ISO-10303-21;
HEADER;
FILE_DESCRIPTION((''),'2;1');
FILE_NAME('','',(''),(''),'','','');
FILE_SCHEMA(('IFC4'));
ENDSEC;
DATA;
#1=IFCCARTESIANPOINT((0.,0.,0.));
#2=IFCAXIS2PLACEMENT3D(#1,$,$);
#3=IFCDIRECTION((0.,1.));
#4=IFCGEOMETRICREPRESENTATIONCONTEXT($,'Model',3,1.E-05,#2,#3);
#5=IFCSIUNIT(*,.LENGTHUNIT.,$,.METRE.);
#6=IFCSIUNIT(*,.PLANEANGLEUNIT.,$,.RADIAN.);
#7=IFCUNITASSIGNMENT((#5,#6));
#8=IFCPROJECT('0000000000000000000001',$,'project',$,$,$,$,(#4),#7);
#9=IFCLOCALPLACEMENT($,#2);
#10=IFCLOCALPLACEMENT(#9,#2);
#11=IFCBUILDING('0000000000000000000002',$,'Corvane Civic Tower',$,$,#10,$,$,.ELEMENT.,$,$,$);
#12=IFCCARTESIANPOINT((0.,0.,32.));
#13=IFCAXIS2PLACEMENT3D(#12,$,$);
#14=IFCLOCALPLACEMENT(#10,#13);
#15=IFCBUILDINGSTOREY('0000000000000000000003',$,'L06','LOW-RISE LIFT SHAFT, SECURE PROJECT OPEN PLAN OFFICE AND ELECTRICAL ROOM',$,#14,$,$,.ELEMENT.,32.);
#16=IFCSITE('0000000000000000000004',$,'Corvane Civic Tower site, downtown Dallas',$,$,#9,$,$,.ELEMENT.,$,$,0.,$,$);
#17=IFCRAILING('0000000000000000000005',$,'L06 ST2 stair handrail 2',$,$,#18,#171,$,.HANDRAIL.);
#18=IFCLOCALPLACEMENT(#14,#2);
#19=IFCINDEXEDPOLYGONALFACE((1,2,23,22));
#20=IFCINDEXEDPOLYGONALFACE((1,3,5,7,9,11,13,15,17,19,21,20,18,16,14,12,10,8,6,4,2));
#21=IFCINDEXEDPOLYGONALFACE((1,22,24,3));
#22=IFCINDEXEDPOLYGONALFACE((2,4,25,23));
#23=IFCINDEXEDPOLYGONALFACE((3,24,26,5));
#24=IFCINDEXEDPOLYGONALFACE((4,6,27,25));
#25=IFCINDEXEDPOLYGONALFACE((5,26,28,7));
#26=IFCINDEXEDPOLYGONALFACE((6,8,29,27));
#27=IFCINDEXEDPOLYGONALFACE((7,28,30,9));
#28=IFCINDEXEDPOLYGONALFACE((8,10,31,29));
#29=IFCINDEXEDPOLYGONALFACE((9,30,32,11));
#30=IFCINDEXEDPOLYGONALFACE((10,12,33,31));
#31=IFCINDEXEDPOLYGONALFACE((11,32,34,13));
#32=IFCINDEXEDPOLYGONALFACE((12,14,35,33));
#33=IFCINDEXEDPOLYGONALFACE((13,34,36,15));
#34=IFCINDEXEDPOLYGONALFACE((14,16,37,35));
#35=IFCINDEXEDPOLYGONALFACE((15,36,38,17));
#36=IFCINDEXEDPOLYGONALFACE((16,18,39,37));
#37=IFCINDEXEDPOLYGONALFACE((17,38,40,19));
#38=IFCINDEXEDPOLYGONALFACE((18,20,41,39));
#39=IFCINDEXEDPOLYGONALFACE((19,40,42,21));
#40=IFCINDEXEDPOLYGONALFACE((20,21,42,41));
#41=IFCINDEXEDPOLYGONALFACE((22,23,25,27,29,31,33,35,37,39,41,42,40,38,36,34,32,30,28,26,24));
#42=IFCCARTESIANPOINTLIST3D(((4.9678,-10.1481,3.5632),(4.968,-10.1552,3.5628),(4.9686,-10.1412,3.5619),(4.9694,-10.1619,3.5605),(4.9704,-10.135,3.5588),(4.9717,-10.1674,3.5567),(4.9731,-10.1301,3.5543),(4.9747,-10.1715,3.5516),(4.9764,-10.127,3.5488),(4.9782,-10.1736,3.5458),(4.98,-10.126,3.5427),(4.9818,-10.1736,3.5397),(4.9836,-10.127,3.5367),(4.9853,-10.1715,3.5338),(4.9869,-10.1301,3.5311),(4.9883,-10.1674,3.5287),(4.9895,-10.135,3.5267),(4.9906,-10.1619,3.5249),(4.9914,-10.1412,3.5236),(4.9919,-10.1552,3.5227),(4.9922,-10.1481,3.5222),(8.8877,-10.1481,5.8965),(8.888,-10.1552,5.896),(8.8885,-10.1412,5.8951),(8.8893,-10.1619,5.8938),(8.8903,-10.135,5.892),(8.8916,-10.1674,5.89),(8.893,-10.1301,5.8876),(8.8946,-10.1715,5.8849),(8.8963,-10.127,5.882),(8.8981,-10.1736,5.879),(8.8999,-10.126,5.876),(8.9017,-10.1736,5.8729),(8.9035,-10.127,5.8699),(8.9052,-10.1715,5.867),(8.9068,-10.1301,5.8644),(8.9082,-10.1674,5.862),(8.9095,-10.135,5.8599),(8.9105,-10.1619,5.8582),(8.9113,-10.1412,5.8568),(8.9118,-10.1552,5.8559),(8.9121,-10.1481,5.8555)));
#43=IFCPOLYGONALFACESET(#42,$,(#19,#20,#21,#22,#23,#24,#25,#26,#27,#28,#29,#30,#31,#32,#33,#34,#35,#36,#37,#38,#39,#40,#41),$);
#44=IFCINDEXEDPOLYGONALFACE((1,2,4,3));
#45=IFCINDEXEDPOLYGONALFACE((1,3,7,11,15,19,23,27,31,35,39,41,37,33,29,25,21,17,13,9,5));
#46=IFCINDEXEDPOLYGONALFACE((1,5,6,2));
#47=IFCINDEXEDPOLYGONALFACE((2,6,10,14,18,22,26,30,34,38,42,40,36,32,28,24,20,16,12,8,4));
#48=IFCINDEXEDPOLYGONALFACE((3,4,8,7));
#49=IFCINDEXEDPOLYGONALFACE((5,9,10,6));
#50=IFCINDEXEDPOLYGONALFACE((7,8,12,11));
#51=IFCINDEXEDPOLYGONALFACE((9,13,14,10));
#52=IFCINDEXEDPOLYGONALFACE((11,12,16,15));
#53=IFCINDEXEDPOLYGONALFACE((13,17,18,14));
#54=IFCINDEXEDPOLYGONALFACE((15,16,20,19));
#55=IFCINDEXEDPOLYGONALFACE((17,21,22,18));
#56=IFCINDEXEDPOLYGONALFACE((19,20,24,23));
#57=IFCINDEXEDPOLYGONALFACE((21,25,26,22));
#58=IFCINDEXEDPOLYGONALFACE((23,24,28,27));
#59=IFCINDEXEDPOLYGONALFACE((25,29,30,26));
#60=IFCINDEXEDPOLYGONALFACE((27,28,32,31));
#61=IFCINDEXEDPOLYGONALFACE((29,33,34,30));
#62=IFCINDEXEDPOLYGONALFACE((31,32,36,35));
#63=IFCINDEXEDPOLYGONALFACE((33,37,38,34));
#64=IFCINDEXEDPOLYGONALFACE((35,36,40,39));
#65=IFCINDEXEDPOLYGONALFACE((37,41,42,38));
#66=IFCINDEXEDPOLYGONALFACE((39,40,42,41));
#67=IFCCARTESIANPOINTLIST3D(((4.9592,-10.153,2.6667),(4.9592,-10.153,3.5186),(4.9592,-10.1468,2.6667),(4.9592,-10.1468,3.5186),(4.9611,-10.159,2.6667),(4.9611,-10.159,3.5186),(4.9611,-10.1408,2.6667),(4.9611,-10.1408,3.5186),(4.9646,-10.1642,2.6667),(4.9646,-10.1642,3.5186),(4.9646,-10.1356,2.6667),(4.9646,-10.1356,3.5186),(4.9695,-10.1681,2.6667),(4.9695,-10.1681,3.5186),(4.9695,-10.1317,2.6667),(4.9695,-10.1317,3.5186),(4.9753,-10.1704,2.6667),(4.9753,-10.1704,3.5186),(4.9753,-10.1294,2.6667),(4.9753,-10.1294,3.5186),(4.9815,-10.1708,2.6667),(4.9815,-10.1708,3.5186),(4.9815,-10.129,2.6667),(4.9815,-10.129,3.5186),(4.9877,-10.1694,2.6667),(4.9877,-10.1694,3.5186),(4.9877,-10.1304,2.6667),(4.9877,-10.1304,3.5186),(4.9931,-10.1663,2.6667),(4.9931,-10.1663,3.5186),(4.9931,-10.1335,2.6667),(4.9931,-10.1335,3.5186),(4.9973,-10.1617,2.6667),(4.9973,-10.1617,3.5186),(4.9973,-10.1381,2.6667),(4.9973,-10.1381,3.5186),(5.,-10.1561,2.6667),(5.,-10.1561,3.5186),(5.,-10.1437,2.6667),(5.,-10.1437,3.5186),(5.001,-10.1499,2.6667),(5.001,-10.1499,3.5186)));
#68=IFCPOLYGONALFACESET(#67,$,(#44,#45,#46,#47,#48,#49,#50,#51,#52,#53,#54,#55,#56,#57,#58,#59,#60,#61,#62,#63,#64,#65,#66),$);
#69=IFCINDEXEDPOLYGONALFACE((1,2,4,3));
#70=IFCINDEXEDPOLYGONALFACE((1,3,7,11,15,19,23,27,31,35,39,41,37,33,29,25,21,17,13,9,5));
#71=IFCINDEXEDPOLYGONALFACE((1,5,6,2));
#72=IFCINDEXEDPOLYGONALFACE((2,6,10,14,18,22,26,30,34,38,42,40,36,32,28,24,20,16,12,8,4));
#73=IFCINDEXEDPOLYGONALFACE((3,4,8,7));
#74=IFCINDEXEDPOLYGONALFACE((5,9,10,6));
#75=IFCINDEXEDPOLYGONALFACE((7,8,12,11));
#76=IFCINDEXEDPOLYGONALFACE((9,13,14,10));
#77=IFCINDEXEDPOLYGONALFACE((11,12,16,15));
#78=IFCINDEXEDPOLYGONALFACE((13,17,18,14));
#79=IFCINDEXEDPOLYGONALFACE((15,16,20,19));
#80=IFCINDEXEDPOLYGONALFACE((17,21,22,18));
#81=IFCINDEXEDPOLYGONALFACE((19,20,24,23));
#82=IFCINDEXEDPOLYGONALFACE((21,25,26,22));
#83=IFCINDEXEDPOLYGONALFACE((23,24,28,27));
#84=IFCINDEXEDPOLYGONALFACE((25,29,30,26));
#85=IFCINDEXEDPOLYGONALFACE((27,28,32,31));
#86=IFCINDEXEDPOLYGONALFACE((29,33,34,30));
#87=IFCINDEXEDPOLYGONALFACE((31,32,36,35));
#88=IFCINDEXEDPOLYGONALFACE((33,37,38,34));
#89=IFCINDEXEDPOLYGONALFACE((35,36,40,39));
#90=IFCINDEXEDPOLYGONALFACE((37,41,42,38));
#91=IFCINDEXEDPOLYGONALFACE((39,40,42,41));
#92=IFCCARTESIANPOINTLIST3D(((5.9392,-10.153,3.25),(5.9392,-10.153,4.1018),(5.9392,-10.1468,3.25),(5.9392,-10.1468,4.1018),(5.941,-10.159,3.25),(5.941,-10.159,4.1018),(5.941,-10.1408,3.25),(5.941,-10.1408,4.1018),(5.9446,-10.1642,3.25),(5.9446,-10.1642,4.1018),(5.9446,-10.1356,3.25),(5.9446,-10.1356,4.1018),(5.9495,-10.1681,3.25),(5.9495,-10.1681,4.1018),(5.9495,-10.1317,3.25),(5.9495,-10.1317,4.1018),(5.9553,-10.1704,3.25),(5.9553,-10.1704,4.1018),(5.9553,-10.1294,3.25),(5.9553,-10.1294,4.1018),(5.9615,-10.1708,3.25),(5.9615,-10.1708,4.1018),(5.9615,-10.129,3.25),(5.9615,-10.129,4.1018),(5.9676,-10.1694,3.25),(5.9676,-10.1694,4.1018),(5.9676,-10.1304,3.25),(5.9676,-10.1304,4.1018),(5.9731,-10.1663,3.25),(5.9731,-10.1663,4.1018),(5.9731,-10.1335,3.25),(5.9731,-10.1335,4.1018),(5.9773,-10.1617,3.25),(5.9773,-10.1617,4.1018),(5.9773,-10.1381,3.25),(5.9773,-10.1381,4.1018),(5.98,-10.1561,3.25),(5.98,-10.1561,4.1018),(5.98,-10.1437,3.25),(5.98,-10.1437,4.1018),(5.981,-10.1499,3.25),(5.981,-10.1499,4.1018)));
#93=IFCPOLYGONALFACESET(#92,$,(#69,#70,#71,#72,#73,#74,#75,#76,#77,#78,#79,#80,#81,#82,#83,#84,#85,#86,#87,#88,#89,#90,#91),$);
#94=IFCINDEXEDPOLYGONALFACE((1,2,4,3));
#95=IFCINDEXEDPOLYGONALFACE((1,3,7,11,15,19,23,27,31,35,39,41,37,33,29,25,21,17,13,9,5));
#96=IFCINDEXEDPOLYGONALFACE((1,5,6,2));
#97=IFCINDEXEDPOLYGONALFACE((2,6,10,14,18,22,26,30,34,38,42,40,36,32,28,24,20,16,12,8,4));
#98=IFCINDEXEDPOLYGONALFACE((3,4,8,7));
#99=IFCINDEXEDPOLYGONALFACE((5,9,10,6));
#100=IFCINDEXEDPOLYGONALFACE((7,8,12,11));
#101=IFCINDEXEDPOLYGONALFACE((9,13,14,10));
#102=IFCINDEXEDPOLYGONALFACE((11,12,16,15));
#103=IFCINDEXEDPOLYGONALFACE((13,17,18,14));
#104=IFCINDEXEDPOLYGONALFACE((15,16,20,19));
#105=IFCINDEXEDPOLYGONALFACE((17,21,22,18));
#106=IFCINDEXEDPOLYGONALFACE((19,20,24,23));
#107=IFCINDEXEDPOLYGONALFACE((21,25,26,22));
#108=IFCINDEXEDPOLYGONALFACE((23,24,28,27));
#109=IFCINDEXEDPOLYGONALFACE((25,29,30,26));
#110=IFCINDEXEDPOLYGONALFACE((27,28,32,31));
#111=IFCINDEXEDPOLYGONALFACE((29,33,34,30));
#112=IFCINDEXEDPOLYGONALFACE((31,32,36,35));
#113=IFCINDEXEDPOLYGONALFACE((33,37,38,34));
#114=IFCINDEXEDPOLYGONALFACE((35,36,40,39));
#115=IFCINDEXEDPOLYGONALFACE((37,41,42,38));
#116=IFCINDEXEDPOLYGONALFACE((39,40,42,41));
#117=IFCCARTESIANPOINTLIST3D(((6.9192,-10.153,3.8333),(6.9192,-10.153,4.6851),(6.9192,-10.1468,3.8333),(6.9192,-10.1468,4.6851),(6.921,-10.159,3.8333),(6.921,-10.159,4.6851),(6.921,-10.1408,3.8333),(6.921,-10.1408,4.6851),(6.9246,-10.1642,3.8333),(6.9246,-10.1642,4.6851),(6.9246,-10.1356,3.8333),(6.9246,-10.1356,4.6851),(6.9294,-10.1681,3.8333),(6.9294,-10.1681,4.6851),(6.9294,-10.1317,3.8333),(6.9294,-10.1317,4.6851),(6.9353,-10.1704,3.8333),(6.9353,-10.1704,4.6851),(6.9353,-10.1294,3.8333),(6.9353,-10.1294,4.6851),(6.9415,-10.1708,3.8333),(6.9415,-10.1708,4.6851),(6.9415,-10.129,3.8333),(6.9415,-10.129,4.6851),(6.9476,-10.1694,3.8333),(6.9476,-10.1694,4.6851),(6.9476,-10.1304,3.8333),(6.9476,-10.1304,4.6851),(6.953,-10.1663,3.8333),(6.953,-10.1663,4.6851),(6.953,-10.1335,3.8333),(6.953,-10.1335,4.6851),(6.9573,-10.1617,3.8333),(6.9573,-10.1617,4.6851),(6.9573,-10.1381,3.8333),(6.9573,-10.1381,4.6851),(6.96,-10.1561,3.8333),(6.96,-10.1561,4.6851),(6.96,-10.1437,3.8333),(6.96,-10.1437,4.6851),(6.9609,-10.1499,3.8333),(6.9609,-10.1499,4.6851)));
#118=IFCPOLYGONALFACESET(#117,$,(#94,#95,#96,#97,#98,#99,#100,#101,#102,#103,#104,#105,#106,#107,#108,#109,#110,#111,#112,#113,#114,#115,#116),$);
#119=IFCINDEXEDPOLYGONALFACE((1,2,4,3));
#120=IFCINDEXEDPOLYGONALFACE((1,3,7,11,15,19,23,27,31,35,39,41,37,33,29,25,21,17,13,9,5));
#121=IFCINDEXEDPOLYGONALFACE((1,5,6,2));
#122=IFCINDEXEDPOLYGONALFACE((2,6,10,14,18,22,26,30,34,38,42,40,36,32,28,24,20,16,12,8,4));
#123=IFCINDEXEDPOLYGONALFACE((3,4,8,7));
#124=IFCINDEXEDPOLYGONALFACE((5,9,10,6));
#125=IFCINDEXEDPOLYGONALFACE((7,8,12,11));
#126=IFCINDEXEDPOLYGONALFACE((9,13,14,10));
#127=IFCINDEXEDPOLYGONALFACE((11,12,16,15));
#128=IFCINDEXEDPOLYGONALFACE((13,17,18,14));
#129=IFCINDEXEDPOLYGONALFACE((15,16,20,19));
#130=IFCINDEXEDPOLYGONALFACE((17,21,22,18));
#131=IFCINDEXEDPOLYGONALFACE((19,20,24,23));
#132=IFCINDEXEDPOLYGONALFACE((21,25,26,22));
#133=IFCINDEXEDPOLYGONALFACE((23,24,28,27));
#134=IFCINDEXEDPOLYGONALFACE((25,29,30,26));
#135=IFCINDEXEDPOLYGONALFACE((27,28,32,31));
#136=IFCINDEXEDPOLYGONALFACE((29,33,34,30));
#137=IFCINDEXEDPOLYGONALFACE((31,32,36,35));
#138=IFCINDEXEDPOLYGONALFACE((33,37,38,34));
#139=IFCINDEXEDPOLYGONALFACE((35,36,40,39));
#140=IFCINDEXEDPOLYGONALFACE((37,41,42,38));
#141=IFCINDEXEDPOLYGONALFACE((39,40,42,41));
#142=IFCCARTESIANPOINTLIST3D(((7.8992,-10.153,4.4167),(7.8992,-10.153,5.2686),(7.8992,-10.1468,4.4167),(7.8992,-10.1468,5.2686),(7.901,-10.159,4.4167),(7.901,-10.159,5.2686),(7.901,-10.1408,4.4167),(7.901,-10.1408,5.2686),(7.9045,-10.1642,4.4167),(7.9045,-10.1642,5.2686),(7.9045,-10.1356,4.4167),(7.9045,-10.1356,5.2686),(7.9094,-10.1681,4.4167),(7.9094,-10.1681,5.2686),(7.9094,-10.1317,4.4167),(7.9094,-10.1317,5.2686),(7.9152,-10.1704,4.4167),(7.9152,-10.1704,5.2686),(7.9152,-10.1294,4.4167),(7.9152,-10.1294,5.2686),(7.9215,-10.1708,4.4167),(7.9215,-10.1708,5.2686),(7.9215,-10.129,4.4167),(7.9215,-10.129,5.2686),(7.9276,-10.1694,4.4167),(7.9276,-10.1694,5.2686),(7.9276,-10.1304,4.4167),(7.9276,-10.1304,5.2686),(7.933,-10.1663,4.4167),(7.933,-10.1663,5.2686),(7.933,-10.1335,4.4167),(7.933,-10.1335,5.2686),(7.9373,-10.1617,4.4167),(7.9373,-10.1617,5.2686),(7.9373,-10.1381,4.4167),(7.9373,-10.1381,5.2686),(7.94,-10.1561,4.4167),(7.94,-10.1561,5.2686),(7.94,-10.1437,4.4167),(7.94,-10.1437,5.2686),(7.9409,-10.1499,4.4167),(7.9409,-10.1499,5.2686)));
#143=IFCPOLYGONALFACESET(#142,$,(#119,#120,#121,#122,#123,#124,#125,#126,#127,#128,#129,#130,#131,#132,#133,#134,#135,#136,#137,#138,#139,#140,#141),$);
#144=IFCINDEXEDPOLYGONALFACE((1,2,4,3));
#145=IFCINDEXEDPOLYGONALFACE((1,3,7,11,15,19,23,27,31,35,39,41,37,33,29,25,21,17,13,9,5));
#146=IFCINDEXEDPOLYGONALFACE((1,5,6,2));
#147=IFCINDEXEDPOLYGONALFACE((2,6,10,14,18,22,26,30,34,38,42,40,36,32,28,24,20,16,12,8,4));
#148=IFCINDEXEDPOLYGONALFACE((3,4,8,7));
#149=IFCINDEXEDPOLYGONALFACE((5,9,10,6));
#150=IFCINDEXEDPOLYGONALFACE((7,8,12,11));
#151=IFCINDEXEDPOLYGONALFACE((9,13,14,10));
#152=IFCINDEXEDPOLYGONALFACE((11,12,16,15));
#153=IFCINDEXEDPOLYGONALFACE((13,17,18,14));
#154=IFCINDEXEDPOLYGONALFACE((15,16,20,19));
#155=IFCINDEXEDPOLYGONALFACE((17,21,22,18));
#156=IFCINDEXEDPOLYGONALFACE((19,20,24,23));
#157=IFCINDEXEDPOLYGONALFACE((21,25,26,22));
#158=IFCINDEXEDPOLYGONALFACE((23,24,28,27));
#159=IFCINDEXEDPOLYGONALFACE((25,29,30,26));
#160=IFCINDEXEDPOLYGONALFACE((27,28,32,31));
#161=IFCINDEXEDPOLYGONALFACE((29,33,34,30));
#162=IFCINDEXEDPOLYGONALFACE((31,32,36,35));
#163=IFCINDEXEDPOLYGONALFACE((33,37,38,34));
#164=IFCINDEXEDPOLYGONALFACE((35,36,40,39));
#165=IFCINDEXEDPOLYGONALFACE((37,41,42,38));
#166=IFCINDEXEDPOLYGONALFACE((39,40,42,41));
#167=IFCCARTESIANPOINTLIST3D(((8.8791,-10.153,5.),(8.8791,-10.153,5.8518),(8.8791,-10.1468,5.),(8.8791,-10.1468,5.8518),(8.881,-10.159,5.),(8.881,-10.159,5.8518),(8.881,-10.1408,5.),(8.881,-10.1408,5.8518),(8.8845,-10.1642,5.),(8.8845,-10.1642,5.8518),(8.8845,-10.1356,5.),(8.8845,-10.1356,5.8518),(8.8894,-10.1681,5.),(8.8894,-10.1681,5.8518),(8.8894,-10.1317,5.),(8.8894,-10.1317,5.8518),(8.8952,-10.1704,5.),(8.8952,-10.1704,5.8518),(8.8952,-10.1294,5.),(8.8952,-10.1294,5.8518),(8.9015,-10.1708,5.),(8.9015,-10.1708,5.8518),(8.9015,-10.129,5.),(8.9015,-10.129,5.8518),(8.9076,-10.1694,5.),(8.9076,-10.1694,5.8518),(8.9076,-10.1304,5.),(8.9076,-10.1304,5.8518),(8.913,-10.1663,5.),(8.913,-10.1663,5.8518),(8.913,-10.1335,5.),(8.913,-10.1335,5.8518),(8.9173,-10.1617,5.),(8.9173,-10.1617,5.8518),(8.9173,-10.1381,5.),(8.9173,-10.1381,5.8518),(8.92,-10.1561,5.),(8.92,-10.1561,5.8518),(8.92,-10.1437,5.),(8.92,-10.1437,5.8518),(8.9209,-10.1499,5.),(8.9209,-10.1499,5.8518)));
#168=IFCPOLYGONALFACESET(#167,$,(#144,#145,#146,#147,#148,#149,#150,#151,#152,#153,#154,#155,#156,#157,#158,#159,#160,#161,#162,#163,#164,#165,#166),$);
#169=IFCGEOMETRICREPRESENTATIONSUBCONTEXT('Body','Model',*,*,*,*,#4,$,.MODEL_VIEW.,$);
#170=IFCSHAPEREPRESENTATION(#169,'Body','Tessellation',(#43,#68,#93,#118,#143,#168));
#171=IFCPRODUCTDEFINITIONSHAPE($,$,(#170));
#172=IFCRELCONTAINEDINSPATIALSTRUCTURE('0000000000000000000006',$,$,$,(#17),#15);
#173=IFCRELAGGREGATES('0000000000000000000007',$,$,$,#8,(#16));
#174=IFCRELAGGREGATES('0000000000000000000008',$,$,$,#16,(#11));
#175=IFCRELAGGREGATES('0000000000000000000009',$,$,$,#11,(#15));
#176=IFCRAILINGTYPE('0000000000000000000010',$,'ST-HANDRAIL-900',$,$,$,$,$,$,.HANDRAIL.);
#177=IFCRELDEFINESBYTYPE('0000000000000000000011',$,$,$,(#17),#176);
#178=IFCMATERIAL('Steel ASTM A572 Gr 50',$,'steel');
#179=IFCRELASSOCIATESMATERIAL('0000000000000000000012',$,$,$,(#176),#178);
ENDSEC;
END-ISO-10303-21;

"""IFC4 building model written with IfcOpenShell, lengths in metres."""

from ifc_helpers import new_model, si_unit, direction, frame, origin, origin_2d, place, context, subcontext, project, spatial, circle, extrude, material, type_object, element, save


model = new_model("IFC4")

# Units and contexts
model_context = context("Model", 3, precision=1e-05, world=origin(), true_north=direction((0.0, 1.0)))
body_context = subcontext(model_context, "Body", "Model", "MODEL_VIEW")
ifc_project = project(units=[si_unit("LENGTHUNIT", "METRE"), si_unit("PLANEANGLEUNIT", "RADIAN")], contexts=[model_context])

# Site, building, storey
site_placement = place(None, origin())
site = spatial("IfcSite", under=ifc_project, at=site_placement, Name="Corvane Civic Tower site, downtown Dallas", CompositionType="ELEMENT", RefElevation=0.0)
building_placement = place(site_placement, origin())
building = spatial("IfcBuilding", under=site, at=building_placement, Name="Corvane Civic Tower", CompositionType="ELEMENT")
storey_placement = place(building_placement, frame((0.0, 0.0, 32.0)))
storey = spatial("IfcBuildingStorey", under=building, at=storey_placement, Name="L06", Description="LOW-RISE LIFT SHAFT, SECURE PROJECT OPEN PLAN OFFICE AND ELECTRICAL ROOM", CompositionType="ELEMENT", Elevation=32.0)

# Railing
ifc_material_1 = material(Name="Steel ASTM A572 Gr 50", Category="steel")
railing_type_1 = type_object("IfcRailingType", Name="ST-HANDRAIL-900", PredefinedType="HANDRAIL", material=ifc_material_1)
railing_1_placement = place(storey_placement, frame((4.98, -10.1499, 2.6667)))
element("IfcRailing", 1, at=railing_1_placement, inside=storey, type_object=railing_type_1, Name="L06 ST2 stair handrail 2", PredefinedType="HANDRAIL", context=body_context, shape_type="SweptSolid", body=[
    extrude(circle(Radius=0.0239, at=origin_2d()), frame((0.0, 0.0, 0.876), z_axis=(0.859296, 0.0, 0.511478), x_axis=(0.0, 1.0, 0.0)), (0.0, 0.0, 1.0), 4.5618),
    extrude(circle(Radius=0.021, at=origin_2d()), origin(), (0.0, 0.0, 1.0), 0.8518),
    extrude(circle(Radius=0.021, at=origin_2d()), frame((0.98, 0.0, 0.5833)), (0.0, 0.0, 1.0), 0.8518),
    extrude(circle(Radius=0.021, at=origin_2d()), frame((1.96, 0.0, 1.1665)), (0.0, 0.0, 1.0), 0.8518),
    extrude(circle(Radius=0.021, at=origin_2d()), frame((2.9399, 0.0, 1.75)), (0.0, 0.0, 1.0), 0.8518),
    extrude(circle(Radius=0.021, at=origin_2d()), frame((3.9199, 0.0, 2.3333)), (0.0, 0.0, 1.0), 0.8518),
])

save(model, "model.ifc")
